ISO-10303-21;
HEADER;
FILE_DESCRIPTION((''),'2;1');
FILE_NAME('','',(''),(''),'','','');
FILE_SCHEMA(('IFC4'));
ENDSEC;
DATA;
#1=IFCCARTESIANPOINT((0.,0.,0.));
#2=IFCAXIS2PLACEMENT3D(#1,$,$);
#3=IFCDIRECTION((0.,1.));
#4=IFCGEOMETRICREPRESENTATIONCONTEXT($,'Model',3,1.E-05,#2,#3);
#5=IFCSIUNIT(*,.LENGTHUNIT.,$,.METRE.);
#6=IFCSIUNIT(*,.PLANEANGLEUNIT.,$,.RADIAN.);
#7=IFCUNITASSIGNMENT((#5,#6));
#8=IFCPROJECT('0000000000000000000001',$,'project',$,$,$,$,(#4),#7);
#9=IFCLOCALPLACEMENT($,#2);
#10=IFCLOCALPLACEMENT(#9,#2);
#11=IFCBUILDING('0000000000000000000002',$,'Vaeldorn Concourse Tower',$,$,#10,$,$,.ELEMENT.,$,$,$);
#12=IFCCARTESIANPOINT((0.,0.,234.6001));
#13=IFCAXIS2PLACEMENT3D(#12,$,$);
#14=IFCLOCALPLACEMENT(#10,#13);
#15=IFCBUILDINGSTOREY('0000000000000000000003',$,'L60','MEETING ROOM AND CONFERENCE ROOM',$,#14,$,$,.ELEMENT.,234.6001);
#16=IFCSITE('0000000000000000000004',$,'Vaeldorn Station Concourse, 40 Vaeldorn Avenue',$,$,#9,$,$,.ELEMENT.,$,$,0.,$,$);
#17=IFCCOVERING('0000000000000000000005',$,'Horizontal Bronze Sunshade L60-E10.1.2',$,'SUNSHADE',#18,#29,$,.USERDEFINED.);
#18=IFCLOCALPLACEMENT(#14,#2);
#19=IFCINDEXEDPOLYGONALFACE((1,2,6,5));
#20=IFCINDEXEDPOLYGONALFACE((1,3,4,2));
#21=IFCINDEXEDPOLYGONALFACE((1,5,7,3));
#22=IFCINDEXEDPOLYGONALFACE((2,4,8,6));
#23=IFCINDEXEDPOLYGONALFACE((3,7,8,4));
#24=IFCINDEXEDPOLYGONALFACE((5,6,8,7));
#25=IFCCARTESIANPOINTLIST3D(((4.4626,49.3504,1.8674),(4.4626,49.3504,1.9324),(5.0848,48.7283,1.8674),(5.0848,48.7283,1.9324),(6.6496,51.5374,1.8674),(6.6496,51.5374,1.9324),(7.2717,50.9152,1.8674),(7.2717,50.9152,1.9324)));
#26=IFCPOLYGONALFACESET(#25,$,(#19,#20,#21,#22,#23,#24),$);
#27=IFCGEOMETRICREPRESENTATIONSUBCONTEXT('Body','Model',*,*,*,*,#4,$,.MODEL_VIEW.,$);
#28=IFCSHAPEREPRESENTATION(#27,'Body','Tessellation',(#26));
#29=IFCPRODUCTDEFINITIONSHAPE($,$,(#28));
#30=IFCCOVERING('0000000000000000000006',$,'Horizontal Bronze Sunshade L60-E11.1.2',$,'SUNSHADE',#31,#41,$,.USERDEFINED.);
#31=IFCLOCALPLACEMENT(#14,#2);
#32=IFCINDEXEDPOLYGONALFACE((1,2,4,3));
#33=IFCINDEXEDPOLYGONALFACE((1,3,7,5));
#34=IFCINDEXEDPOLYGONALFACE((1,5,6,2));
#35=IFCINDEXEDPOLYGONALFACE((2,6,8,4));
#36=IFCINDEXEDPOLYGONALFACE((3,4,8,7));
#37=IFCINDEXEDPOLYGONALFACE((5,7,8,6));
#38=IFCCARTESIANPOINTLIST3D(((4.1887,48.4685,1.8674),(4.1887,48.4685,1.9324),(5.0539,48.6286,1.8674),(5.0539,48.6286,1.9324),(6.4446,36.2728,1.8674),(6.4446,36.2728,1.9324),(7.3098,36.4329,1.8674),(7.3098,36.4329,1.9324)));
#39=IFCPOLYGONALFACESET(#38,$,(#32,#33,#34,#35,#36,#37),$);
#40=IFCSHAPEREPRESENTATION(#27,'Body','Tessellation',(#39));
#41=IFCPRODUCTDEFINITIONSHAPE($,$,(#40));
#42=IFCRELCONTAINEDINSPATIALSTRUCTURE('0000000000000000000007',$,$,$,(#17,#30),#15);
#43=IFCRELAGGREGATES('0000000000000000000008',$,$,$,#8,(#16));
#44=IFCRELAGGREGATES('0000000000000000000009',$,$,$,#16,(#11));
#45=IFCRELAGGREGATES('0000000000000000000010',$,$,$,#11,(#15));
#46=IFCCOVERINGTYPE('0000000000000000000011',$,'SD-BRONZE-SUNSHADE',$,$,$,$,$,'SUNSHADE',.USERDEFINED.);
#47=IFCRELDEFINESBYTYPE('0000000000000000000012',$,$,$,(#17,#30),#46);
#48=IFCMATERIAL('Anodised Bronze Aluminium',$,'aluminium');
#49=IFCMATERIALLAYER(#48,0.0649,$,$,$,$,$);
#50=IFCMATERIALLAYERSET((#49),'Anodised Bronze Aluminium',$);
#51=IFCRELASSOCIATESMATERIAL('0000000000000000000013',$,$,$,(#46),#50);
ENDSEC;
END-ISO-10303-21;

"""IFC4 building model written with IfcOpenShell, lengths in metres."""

from ifc_helpers import new_model, si_unit, direction, frame, origin, origin_2d, place, context, subcontext, project, spatial, rectangle, extrude, source, transform, mapped, material, layer, layer_set, type_object, element, save


model = new_model("IFC4")

# Units and contexts
model_context = context("Model", 3, precision=1e-05, world=origin(), true_north=direction((0.0, 1.0)))
body_context = subcontext(model_context, "Body", "Model", "MODEL_VIEW")
ifc_project = project(units=[si_unit("LENGTHUNIT", "METRE"), si_unit("PLANEANGLEUNIT", "RADIAN")], contexts=[model_context])

# Site, building, storey
site_placement = place(None, origin())
site = spatial("IfcSite", under=ifc_project, at=site_placement, Name="Vaeldorn Station Concourse, 40 Vaeldorn Avenue", CompositionType="ELEMENT", RefElevation=0.0)
building_placement = place(site_placement, origin())
building = spatial("IfcBuilding", under=site, at=building_placement, Name="Vaeldorn Concourse Tower", CompositionType="ELEMENT")
storey_placement = place(building_placement, frame((0.0, 0.0, 234.6001)))
storey = spatial("IfcBuildingStorey", under=building, at=storey_placement, Name="L60", Description="MEETING ROOM AND CONFERENCE ROOM", CompositionType="ELEMENT", Elevation=234.6001)

# Shared definitions
ifc_material_1 = material(Name="Anodised Bronze Aluminium", Category="aluminium")

# Coverings
ifc_layer_1 = layer(ifc_material_1, 0.0649)
ifc_layer_set_1 = layer_set([ifc_layer_1], Name="Anodised Bronze Aluminium")
covering_type = type_object("IfcCoveringType", Name="SD-BRONZE-SUNSHADE", ElementType="SUNSHADE", PredefinedType="USERDEFINED", material=ifc_layer_set_1)
shared_shape_1 = source(origin(), body_context, "Body", "SweptSolid", [
    extrude(rectangle(XDim=3.0928, YDim=0.8799, at=origin_2d()), origin(), (0.0, 0.0, 1.0), 0.0649),
])
for number, where, z_axis, x_axis, name in (
    (1, (5.8672, 50.1328, 1.8674), (0.0, 0.0, 1.0), (-0.707107, -0.707107, 0.0), "Horizontal Bronze Sunshade L60-E10.1.2"),
):
    element("IfcCovering", number, at=place(storey_placement, frame(where, z_axis=z_axis, x_axis=x_axis)), inside=storey, type_object=covering_type, Name=name, ObjectType="SUNSHADE", PredefinedType="USERDEFINED", context=body_context, shape_type="MappedRepresentation", body=[
        mapped(shared_shape_1, transform((0.0, 0.0, 0.0), scale=1.0)),
    ])
shared_shape_2 = source(origin(), body_context, "Body", "SweptSolid", [
    extrude(rectangle(XDim=12.4026, YDim=0.8799, at=origin_2d()), origin(), (0.0, 0.0, 1.0), 0.0649),
])
covering_placement = place(storey_placement, frame((5.7493, 42.4507, 1.8674), z_axis=(0.0, 0.0, 1.0), x_axis=(0.181892, -0.983318, 0.0)))
element("IfcCovering", 2, at=covering_placement, inside=storey, type_object=covering_type, Name="Horizontal Bronze Sunshade L60-E11.1.2", ObjectType="SUNSHADE", PredefinedType="USERDEFINED", context=body_context, shape_type="MappedRepresentation", body=[
    mapped(shared_shape_2, transform((0.0, 0.0, 0.0), scale=1.0)),
])

save(model, "model.ifc")
